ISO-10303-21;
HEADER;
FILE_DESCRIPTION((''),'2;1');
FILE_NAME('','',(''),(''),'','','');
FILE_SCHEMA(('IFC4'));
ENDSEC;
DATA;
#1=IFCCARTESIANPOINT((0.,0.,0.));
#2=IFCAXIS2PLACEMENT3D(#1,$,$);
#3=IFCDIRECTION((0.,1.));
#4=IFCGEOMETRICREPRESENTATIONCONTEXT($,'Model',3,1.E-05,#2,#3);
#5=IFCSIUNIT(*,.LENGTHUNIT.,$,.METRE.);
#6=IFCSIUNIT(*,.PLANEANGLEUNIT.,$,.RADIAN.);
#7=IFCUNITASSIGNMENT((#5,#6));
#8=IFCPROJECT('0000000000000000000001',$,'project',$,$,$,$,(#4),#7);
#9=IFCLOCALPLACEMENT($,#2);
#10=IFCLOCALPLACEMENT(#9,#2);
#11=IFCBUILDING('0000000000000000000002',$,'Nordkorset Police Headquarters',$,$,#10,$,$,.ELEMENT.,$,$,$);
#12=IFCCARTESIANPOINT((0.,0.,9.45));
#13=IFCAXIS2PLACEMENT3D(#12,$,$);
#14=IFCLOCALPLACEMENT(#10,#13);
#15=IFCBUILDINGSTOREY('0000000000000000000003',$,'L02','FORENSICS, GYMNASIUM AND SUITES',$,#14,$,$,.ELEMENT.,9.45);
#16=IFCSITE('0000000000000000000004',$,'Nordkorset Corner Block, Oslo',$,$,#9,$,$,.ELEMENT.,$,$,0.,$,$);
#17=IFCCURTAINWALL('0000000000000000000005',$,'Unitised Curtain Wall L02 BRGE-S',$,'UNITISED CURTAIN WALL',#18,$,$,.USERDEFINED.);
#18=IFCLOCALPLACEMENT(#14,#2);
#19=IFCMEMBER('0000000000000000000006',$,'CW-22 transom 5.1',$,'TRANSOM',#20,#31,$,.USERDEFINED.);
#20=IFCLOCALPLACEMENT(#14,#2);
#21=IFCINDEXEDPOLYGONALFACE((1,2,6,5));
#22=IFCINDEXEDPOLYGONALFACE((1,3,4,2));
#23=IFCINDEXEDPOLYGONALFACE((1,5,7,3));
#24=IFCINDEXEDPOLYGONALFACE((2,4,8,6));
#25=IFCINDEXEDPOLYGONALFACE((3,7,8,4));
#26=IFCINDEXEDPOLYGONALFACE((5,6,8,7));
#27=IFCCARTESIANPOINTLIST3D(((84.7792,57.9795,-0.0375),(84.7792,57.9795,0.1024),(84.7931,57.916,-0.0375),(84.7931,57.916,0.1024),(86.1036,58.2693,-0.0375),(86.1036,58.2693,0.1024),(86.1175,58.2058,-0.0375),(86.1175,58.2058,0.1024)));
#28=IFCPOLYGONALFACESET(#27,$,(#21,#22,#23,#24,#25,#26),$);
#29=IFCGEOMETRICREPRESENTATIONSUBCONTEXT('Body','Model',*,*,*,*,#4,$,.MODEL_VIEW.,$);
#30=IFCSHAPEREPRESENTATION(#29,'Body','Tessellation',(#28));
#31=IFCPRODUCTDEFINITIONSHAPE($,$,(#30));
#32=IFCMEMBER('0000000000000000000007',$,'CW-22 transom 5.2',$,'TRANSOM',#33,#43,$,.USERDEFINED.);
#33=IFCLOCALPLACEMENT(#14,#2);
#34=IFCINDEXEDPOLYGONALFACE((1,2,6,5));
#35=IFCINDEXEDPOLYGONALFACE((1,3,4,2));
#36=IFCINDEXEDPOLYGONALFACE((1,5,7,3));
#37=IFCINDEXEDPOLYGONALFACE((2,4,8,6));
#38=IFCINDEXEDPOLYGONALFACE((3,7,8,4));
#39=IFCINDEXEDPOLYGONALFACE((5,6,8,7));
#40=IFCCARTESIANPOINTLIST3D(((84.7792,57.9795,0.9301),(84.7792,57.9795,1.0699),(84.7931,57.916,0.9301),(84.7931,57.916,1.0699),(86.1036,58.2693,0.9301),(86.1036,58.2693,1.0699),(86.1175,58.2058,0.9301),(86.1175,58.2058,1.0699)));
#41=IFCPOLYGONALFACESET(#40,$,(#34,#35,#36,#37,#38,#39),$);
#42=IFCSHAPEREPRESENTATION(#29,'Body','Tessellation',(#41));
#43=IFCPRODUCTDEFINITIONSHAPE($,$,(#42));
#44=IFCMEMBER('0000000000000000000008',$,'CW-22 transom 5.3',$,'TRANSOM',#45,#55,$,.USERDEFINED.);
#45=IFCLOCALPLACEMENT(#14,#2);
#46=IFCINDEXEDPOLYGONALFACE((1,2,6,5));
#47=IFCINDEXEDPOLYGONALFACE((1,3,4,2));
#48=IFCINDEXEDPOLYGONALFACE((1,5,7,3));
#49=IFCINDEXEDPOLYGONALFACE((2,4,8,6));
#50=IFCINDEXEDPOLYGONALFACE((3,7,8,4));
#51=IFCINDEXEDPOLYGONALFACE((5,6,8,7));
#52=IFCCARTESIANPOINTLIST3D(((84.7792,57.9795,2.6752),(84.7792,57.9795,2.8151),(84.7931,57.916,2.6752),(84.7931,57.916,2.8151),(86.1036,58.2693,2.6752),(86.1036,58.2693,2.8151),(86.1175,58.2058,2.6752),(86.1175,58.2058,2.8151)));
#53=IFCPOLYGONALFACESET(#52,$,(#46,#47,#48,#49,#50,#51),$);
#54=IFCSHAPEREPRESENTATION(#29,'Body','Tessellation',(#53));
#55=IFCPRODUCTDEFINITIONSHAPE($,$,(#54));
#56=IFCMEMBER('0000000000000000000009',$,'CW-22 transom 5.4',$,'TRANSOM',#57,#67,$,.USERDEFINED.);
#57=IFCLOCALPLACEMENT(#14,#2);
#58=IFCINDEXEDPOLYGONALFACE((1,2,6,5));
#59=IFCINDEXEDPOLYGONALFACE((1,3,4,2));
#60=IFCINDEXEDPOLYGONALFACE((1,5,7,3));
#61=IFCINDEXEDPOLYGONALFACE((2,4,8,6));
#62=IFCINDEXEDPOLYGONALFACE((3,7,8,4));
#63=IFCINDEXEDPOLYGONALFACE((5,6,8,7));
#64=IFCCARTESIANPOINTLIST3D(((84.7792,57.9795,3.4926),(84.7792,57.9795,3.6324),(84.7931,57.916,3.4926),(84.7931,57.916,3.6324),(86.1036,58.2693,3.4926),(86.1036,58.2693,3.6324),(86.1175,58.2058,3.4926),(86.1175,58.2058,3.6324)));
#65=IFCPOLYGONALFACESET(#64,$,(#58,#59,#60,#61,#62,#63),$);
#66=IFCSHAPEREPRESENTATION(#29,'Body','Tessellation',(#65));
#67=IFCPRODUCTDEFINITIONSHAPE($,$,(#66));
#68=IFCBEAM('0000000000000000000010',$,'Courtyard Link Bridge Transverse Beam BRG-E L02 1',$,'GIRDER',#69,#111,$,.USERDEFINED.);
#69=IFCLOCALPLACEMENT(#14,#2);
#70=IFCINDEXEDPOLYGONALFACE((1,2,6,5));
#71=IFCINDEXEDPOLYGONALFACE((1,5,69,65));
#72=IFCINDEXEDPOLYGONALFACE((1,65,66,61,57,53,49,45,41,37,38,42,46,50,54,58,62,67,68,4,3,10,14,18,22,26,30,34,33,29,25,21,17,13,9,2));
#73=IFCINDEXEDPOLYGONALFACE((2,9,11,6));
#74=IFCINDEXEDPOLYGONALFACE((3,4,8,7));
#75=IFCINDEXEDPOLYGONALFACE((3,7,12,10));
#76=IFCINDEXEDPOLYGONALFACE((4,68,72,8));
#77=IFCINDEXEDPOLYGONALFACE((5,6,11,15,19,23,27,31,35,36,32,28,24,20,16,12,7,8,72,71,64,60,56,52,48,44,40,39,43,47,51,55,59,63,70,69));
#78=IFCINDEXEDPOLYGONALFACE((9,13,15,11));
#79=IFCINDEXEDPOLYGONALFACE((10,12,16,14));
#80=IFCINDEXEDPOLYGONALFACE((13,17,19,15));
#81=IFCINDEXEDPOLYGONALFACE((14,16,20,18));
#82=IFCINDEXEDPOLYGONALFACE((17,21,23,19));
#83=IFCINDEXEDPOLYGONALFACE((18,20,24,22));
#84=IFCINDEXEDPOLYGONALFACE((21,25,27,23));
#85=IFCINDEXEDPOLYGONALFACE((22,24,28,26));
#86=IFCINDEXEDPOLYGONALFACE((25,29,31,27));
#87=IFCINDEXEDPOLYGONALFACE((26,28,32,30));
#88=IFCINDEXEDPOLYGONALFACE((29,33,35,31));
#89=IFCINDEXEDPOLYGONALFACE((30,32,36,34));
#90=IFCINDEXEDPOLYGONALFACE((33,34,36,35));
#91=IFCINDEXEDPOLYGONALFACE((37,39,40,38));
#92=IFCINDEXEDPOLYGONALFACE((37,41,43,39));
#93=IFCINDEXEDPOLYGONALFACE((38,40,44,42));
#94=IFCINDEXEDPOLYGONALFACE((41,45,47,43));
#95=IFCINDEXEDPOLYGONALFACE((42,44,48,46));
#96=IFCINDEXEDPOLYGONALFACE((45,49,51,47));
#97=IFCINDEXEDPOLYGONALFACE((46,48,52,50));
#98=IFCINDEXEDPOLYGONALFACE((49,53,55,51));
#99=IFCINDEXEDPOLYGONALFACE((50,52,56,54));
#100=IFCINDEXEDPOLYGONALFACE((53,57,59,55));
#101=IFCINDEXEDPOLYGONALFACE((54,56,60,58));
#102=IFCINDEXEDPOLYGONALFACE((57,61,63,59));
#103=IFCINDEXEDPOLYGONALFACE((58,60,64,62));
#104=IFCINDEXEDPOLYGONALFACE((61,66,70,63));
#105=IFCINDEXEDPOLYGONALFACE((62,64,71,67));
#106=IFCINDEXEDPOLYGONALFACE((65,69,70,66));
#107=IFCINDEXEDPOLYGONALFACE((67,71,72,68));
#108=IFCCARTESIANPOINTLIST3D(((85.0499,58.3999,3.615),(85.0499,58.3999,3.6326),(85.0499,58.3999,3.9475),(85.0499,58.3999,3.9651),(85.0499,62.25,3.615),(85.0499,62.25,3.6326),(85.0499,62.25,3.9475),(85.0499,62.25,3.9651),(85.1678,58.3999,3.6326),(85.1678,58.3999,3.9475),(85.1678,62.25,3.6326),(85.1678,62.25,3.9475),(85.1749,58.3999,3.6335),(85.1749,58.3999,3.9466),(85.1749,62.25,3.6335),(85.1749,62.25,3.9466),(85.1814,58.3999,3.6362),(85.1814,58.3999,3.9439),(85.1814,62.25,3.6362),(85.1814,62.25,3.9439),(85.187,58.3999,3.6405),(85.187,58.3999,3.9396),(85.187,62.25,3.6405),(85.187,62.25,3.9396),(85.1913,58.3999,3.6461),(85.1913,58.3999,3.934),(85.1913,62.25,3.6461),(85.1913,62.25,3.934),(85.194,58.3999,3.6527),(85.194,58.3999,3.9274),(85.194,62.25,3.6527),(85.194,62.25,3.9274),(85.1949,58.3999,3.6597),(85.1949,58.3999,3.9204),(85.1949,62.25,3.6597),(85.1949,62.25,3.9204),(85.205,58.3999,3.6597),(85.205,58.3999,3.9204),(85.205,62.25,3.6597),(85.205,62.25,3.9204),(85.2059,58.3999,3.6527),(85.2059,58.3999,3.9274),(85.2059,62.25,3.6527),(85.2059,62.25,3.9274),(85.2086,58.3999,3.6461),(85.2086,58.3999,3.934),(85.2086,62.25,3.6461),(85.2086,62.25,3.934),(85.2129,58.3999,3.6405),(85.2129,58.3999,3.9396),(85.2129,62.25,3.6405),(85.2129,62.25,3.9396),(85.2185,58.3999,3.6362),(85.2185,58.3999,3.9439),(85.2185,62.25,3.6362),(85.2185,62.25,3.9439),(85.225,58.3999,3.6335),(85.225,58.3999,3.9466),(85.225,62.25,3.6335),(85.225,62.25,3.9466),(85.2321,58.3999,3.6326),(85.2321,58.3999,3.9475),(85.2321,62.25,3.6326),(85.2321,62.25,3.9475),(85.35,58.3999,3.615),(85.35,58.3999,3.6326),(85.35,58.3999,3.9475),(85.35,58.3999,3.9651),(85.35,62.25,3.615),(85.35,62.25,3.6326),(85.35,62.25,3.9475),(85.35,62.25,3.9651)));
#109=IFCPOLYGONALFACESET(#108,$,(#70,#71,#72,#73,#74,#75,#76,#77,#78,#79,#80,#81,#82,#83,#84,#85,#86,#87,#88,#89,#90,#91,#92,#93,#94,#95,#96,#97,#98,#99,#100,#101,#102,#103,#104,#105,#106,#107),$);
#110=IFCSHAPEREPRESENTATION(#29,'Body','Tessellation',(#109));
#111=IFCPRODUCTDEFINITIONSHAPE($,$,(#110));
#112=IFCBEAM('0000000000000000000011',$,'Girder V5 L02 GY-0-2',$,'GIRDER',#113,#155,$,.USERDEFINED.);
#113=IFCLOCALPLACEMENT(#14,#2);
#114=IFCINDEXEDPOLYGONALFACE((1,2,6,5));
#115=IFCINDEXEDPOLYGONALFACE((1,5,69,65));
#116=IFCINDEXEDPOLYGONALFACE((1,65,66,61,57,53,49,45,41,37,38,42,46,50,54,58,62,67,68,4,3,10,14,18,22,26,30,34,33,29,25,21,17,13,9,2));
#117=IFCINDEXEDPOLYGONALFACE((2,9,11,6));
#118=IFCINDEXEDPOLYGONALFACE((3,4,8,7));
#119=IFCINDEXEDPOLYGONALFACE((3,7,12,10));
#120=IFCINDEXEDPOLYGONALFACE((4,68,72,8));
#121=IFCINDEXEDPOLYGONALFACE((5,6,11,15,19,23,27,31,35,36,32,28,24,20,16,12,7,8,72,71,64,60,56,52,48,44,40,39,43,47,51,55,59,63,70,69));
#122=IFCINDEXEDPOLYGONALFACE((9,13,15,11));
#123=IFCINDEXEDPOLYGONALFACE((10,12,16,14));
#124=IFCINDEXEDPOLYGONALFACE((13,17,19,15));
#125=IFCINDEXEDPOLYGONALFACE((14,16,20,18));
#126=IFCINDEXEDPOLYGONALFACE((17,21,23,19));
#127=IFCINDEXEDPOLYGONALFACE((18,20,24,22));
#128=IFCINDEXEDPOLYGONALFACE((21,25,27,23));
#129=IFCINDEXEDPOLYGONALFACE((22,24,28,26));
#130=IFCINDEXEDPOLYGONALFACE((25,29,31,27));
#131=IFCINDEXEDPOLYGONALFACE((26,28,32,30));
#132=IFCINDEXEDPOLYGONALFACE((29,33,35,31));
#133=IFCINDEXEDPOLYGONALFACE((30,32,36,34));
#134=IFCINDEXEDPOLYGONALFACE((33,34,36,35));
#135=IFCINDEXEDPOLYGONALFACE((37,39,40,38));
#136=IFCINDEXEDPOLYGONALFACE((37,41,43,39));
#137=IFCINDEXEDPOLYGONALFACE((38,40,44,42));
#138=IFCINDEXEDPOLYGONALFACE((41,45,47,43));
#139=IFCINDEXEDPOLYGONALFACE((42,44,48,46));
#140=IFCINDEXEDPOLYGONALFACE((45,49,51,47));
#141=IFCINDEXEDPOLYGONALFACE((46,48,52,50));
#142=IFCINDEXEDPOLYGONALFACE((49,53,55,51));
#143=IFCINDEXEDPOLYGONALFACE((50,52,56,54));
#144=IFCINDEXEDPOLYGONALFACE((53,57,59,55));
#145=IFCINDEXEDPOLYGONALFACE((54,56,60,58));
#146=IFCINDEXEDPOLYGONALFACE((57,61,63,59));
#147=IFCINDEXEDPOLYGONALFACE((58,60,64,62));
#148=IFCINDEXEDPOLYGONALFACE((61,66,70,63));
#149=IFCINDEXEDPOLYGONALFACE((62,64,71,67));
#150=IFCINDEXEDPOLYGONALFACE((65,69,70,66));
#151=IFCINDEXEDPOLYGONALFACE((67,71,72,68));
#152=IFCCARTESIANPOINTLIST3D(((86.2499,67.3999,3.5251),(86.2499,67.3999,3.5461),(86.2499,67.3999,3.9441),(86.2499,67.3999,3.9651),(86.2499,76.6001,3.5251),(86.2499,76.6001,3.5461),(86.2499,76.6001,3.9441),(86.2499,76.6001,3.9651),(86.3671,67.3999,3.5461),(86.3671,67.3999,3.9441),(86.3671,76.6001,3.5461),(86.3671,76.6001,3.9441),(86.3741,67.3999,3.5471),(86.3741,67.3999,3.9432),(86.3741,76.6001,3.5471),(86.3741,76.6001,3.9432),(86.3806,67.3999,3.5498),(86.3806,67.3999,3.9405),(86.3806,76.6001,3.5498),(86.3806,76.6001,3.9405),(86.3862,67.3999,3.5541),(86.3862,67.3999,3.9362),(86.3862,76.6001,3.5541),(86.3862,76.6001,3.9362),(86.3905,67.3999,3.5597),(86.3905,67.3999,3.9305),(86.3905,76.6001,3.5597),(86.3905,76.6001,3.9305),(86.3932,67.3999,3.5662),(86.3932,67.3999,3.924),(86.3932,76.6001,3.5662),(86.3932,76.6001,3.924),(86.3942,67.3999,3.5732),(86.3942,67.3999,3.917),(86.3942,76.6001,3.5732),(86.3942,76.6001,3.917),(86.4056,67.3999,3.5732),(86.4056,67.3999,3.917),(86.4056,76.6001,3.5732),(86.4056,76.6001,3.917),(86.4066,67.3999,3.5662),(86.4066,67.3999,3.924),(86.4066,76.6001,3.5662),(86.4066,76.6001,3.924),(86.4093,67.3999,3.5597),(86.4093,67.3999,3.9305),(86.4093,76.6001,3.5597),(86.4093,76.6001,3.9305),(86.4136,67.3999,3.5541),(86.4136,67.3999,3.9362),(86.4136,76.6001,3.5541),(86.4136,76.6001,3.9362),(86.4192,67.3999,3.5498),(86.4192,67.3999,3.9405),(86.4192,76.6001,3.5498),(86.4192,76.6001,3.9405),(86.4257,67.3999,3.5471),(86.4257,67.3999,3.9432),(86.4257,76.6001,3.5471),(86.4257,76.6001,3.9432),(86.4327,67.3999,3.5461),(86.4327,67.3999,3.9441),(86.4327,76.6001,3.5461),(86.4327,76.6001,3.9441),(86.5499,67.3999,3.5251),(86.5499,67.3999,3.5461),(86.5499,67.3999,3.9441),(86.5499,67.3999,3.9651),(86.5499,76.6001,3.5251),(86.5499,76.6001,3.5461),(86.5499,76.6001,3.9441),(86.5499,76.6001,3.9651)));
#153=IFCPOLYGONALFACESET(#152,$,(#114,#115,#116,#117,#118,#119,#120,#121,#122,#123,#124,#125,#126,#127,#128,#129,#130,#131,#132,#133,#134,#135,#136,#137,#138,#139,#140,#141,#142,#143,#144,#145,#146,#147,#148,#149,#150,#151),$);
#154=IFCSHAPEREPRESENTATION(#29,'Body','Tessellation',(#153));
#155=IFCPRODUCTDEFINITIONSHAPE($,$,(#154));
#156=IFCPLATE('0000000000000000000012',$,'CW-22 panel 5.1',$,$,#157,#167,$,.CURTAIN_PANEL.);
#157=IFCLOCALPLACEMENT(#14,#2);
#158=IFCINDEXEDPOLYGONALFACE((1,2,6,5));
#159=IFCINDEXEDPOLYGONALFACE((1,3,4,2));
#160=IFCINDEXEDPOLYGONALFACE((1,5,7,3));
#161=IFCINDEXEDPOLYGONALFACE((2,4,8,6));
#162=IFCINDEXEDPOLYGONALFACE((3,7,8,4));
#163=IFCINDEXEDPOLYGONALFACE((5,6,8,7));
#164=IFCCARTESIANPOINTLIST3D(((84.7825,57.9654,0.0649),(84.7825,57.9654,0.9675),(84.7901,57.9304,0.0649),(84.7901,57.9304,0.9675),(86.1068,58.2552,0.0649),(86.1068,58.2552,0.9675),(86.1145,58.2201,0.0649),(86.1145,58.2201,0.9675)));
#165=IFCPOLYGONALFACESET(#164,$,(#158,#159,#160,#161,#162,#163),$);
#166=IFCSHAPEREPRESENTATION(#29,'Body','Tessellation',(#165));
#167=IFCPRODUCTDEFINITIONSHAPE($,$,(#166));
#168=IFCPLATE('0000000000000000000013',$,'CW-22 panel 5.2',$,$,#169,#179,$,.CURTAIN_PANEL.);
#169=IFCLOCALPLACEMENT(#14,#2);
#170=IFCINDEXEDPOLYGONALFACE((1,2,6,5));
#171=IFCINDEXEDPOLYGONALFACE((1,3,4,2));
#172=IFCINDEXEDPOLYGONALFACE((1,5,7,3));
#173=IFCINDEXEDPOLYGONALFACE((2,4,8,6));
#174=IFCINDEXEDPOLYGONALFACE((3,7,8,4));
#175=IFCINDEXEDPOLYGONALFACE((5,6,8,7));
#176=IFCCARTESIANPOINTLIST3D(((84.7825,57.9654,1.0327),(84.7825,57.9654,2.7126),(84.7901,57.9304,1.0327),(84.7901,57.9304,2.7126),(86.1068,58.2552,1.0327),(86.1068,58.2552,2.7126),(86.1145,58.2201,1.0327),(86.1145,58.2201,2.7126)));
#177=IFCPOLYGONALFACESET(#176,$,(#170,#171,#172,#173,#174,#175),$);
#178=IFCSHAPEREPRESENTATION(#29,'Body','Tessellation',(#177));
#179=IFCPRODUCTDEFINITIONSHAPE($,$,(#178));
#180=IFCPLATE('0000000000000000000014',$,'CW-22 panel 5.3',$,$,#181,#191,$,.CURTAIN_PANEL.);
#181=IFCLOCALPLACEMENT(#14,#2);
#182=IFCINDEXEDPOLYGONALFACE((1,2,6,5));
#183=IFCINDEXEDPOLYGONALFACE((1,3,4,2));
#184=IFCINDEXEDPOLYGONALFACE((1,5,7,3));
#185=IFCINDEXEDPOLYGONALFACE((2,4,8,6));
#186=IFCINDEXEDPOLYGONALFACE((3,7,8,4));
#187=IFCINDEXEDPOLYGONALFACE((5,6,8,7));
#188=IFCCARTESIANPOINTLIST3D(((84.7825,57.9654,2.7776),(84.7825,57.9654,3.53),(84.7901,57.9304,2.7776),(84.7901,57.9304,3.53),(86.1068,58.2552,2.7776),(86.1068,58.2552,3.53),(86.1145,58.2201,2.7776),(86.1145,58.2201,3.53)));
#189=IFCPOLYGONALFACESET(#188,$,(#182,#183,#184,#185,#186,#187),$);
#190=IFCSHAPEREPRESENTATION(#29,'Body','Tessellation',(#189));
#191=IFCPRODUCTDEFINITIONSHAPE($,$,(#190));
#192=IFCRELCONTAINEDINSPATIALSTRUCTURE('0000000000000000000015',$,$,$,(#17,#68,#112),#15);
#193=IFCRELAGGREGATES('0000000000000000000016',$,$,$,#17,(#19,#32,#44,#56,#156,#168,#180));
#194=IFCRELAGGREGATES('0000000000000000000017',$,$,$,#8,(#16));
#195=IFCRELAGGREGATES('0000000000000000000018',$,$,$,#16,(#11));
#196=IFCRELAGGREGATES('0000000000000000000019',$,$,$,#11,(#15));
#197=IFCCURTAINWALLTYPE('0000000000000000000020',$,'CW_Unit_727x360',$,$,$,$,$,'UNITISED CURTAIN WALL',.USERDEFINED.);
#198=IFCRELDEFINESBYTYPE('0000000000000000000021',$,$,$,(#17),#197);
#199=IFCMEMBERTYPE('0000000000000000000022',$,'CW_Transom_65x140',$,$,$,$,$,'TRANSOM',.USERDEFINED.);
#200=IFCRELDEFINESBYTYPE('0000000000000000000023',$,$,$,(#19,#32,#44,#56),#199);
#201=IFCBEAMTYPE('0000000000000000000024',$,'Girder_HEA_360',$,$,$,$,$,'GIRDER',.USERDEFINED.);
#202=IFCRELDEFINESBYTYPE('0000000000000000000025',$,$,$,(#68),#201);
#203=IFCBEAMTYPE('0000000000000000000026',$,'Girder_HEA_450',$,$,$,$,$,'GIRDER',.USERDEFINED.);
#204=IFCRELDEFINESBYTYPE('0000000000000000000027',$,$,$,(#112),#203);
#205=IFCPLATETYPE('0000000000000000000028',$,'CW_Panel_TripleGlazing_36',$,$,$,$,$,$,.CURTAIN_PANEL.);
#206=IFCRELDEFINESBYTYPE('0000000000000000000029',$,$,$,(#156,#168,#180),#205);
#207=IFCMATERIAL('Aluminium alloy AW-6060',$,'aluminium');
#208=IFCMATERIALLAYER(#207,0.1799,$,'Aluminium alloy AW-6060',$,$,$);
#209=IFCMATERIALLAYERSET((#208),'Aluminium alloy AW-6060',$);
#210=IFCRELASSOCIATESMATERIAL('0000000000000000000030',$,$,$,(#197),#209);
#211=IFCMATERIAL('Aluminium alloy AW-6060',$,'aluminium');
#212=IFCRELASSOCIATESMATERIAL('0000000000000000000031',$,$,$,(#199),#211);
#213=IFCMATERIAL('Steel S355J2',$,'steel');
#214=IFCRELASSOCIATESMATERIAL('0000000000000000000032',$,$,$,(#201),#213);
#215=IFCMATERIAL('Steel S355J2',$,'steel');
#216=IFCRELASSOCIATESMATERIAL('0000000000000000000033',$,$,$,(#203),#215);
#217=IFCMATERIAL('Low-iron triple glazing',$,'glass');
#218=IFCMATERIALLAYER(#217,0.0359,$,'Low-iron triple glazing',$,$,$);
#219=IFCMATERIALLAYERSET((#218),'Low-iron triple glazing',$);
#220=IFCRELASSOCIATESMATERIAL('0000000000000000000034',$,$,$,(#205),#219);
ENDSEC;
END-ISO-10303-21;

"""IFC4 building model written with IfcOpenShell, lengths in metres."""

from ifc_helpers import new_model, si_unit, direction, frame, origin, origin_2d, place, context, subcontext, project, spatial, rectangle, i_section, extrude, material, layer, layer_set, material_profile, profile_set, type_object, element, aggregate, save


model = new_model("IFC4")

# Units and contexts
model_context = context("Model", 3, precision=1e-05, world=origin(), true_north=direction((0.0, 1.0)))
body_context = subcontext(model_context, "Body", "Model", "MODEL_VIEW")
ifc_project = project(units=[si_unit("LENGTHUNIT", "METRE"), si_unit("PLANEANGLEUNIT", "RADIAN")], contexts=[model_context])

# Site, building, storey
site_placement = place(None, origin())
site = spatial("IfcSite", under=ifc_project, at=site_placement, Name="Nordkorset Corner Block, Oslo", CompositionType="ELEMENT", RefElevation=0.0)
building_placement = place(site_placement, origin())
building = spatial("IfcBuilding", under=site, at=building_placement, Name="Nordkorset Police Headquarters", CompositionType="ELEMENT")
storey_placement = place(building_placement, frame((0.0, 0.0, 9.45)))
storey = spatial("IfcBuildingStorey", under=building, at=storey_placement, Name="L02", Description="FORENSICS, GYMNASIUM AND SUITES", CompositionType="ELEMENT", Elevation=9.45)

# Curtain wall
ifc_material_1 = material(Name="Aluminium alloy AW-6060", Category="aluminium")
ifc_layer_1 = layer(ifc_material_1, 0.1799, Name="Aluminium alloy AW-6060")
ifc_layer_set_1 = layer_set([ifc_layer_1], Name="Aluminium alloy AW-6060")
curtain_wall_type_1 = type_object("IfcCurtainWallType", Name="CW_Unit_727x360", ElementType="UNITISED CURTAIN WALL", PredefinedType="USERDEFINED", material=ifc_layer_set_1)
curtain_wall_1_placement = place(storey_placement, origin())
curtain_wall_1 = element("IfcCurtainWall", 1, at=curtain_wall_1_placement, inside=storey, type_object=curtain_wall_type_1, Name="Unitised Curtain Wall L02 BRGE-S", ObjectType="UNITISED CURTAIN WALL", PredefinedType="USERDEFINED")

# Members
ifc_material_2 = material(Name="Aluminium alloy AW-6060", Category="aluminium")
ifc_material_profile_1 = material_profile(ifc_material_2, rectangle(XDim=0.0649, YDim=0.1399, at=origin_2d()), Name="ALU TRAN 65x140")
ifc_profile_set_1 = profile_set([ifc_material_profile_1], Name="Aluminium alloy AW-6060")
member_type_1 = type_object("IfcMemberType", Name="CW_Transom_65x140", ElementType="TRANSOM", PredefinedType="USERDEFINED", material=ifc_profile_set_1)
member_1_placement = place(storey_placement, frame((84.7861, 57.9478, 0.0325), z_axis=(0.976889, 0.213745, 0.0), x_axis=(-0.213745, 0.976889, 0.0)))
member_1 = element("IfcMember", 2, at=member_1_placement, type_object=member_type_1, Name="CW-22 transom 5.1", ObjectType="TRANSOM", PredefinedType="USERDEFINED", context=body_context, shape_type="SweptSolid", body=[
    extrude(rectangle(XDim=0.0649, YDim=0.1399, at=origin_2d()), origin(), (0.0, 0.0, 1.0), 1.3557),
])
member_2_placement = place(storey_placement, frame((84.7861, 57.9478, 1.0), z_axis=(0.976889, 0.213745, 0.0), x_axis=(-0.213745, 0.976889, 0.0)))
member_2 = element("IfcMember", 3, at=member_2_placement, type_object=member_type_1, Name="CW-22 transom 5.2", ObjectType="TRANSOM", PredefinedType="USERDEFINED", context=body_context, shape_type="SweptSolid", body=[
    extrude(rectangle(XDim=0.0649, YDim=0.1399, at=origin_2d()), origin(), (0.0, 0.0, 1.0), 1.3557),
])
member_3_placement = place(storey_placement, frame((84.7861, 57.9478, 2.7451), z_axis=(0.976889, 0.213745, 0.0), x_axis=(-0.213745, 0.976889, 0.0)))
member_3 = element("IfcMember", 4, at=member_3_placement, type_object=member_type_1, Name="CW-22 transom 5.3", ObjectType="TRANSOM", PredefinedType="USERDEFINED", context=body_context, shape_type="SweptSolid", body=[
    extrude(rectangle(XDim=0.0649, YDim=0.1399, at=origin_2d()), origin(), (0.0, 0.0, 1.0), 1.3557),
])
member_4_placement = place(storey_placement, frame((84.7861, 57.9478, 3.5625), z_axis=(0.976889, 0.213745, 0.0), x_axis=(-0.213745, 0.976889, 0.0)))
member_4 = element("IfcMember", 5, at=member_4_placement, type_object=member_type_1, Name="CW-22 transom 5.4", ObjectType="TRANSOM", PredefinedType="USERDEFINED", context=body_context, shape_type="SweptSolid", body=[
    extrude(rectangle(XDim=0.0649, YDim=0.1399, at=origin_2d()), origin(), (0.0, 0.0, 1.0), 1.3557),
])

# Beams
ifc_material_3 = material(Name="Steel S355J2", Category="steel")
ifc_material_profile_2 = material_profile(ifc_material_3, i_section(OverallWidth=0.3, OverallDepth=0.3501, WebThickness=0.01, FlangeThickness=0.0176, FilletRadius=0.0271, at=origin_2d()), Name="HEA 360")
ifc_profile_set_2 = profile_set([ifc_material_profile_2], Name="Steel S355J2")
beam_type_1 = type_object("IfcBeamType", Name="Girder_HEA_360", ElementType="GIRDER", PredefinedType="USERDEFINED", material=ifc_profile_set_2)
beam_1_placement = place(storey_placement, frame((85.2, 58.3999, 3.79), z_axis=(0.0, 1.0, 0.0), x_axis=(-1.0, 0.0, 0.0)))
element("IfcBeam", 6, at=beam_1_placement, inside=storey, type_object=beam_type_1, Name="Courtyard Link Bridge Transverse Beam BRG-E L02 1", ObjectType="GIRDER", PredefinedType="USERDEFINED", context=body_context, shape_type="SweptSolid", body=[
    extrude(i_section(OverallWidth=0.3, OverallDepth=0.3501, WebThickness=0.01, FlangeThickness=0.0176, FilletRadius=0.0271, at=origin_2d()), origin(), (0.0, 0.0, 1.0), 3.8501),
])
ifc_material_4 = material(Name="Steel S355J2", Category="steel")
ifc_material_profile_3 = material_profile(ifc_material_4, i_section(OverallWidth=0.3, OverallDepth=0.4399, WebThickness=0.0115, FlangeThickness=0.021, FilletRadius=0.0271, at=origin_2d()), Name="HEA 450")
ifc_profile_set_3 = profile_set([ifc_material_profile_3], Name="Steel S355J2")
beam_type_2 = type_object("IfcBeamType", Name="Girder_HEA_450", ElementType="GIRDER", PredefinedType="USERDEFINED", material=ifc_profile_set_3)
beam_2_placement = place(storey_placement, frame((86.3999, 67.3999, 3.7451), z_axis=(0.0, 1.0, 0.0), x_axis=(-1.0, 0.0, 0.0)))
element("IfcBeam", 7, at=beam_2_placement, inside=storey, type_object=beam_type_2, Name="Girder V5 L02 GY-0-2", ObjectType="GIRDER", PredefinedType="USERDEFINED", context=body_context, shape_type="SweptSolid", body=[
    extrude(i_section(OverallWidth=0.3, OverallDepth=0.4399, WebThickness=0.0115, FlangeThickness=0.021, FilletRadius=0.0271, at=origin_2d()), origin(), (0.0, 0.0, 1.0), 9.2002),
])

# Plates
ifc_material_5 = material(Name="Low-iron triple glazing", Category="glass")
ifc_layer_2 = layer(ifc_material_5, 0.0359, Name="Low-iron triple glazing")
ifc_layer_set_2 = layer_set([ifc_layer_2], Name="Low-iron triple glazing")
plate_type_1 = type_object("IfcPlateType", Name="CW_Panel_TripleGlazing_36", PredefinedType="CURTAIN_PANEL", material=ifc_layer_set_2)
plate_1_placement = place(storey_placement, frame((85.4485, 58.0928, 0.0649), z_axis=(0.0, 0.0, 1.0), x_axis=(0.976891, 0.213737, 0.0)))
plate_1 = element("IfcPlate", 8, at=plate_1_placement, type_object=plate_type_1, Name="CW-22 panel 5.1", PredefinedType="CURTAIN_PANEL", context=body_context, shape_type="SweptSolid", body=[
    extrude(rectangle(XDim=1.3557, YDim=0.0359, at=origin_2d()), origin(), (0.0, 0.0, 1.0), 0.9026),
])
plate_2_placement = place(storey_placement, frame((85.4485, 58.0928, 1.0327), z_axis=(0.0, 0.0, 1.0), x_axis=(0.976891, 0.213737, 0.0)))
plate_2 = element("IfcPlate", 9, at=plate_2_placement, type_object=plate_type_1, Name="CW-22 panel 5.2", PredefinedType="CURTAIN_PANEL", context=body_context, shape_type="SweptSolid", body=[
    extrude(rectangle(XDim=1.3557, YDim=0.0359, at=origin_2d()), origin(), (0.0, 0.0, 1.0), 1.6799),
])
plate_3_placement = place(storey_placement, frame((85.4485, 58.0928, 2.7776), z_axis=(0.0, 0.0, 1.0), x_axis=(0.976891, 0.213737, 0.0)))
plate_3 = element("IfcPlate", 10, at=plate_3_placement, type_object=plate_type_1, Name="CW-22 panel 5.3", PredefinedType="CURTAIN_PANEL", context=body_context, shape_type="SweptSolid", body=[
    extrude(rectangle(XDim=1.3557, YDim=0.0359, at=origin_2d()), origin(), (0.0, 0.0, 1.0), 0.7524),
])
aggregate(curtain_wall_1, [member_1, member_2, member_3, member_4, plate_1, plate_2, plate_3])

save(model, "model.ifc")
